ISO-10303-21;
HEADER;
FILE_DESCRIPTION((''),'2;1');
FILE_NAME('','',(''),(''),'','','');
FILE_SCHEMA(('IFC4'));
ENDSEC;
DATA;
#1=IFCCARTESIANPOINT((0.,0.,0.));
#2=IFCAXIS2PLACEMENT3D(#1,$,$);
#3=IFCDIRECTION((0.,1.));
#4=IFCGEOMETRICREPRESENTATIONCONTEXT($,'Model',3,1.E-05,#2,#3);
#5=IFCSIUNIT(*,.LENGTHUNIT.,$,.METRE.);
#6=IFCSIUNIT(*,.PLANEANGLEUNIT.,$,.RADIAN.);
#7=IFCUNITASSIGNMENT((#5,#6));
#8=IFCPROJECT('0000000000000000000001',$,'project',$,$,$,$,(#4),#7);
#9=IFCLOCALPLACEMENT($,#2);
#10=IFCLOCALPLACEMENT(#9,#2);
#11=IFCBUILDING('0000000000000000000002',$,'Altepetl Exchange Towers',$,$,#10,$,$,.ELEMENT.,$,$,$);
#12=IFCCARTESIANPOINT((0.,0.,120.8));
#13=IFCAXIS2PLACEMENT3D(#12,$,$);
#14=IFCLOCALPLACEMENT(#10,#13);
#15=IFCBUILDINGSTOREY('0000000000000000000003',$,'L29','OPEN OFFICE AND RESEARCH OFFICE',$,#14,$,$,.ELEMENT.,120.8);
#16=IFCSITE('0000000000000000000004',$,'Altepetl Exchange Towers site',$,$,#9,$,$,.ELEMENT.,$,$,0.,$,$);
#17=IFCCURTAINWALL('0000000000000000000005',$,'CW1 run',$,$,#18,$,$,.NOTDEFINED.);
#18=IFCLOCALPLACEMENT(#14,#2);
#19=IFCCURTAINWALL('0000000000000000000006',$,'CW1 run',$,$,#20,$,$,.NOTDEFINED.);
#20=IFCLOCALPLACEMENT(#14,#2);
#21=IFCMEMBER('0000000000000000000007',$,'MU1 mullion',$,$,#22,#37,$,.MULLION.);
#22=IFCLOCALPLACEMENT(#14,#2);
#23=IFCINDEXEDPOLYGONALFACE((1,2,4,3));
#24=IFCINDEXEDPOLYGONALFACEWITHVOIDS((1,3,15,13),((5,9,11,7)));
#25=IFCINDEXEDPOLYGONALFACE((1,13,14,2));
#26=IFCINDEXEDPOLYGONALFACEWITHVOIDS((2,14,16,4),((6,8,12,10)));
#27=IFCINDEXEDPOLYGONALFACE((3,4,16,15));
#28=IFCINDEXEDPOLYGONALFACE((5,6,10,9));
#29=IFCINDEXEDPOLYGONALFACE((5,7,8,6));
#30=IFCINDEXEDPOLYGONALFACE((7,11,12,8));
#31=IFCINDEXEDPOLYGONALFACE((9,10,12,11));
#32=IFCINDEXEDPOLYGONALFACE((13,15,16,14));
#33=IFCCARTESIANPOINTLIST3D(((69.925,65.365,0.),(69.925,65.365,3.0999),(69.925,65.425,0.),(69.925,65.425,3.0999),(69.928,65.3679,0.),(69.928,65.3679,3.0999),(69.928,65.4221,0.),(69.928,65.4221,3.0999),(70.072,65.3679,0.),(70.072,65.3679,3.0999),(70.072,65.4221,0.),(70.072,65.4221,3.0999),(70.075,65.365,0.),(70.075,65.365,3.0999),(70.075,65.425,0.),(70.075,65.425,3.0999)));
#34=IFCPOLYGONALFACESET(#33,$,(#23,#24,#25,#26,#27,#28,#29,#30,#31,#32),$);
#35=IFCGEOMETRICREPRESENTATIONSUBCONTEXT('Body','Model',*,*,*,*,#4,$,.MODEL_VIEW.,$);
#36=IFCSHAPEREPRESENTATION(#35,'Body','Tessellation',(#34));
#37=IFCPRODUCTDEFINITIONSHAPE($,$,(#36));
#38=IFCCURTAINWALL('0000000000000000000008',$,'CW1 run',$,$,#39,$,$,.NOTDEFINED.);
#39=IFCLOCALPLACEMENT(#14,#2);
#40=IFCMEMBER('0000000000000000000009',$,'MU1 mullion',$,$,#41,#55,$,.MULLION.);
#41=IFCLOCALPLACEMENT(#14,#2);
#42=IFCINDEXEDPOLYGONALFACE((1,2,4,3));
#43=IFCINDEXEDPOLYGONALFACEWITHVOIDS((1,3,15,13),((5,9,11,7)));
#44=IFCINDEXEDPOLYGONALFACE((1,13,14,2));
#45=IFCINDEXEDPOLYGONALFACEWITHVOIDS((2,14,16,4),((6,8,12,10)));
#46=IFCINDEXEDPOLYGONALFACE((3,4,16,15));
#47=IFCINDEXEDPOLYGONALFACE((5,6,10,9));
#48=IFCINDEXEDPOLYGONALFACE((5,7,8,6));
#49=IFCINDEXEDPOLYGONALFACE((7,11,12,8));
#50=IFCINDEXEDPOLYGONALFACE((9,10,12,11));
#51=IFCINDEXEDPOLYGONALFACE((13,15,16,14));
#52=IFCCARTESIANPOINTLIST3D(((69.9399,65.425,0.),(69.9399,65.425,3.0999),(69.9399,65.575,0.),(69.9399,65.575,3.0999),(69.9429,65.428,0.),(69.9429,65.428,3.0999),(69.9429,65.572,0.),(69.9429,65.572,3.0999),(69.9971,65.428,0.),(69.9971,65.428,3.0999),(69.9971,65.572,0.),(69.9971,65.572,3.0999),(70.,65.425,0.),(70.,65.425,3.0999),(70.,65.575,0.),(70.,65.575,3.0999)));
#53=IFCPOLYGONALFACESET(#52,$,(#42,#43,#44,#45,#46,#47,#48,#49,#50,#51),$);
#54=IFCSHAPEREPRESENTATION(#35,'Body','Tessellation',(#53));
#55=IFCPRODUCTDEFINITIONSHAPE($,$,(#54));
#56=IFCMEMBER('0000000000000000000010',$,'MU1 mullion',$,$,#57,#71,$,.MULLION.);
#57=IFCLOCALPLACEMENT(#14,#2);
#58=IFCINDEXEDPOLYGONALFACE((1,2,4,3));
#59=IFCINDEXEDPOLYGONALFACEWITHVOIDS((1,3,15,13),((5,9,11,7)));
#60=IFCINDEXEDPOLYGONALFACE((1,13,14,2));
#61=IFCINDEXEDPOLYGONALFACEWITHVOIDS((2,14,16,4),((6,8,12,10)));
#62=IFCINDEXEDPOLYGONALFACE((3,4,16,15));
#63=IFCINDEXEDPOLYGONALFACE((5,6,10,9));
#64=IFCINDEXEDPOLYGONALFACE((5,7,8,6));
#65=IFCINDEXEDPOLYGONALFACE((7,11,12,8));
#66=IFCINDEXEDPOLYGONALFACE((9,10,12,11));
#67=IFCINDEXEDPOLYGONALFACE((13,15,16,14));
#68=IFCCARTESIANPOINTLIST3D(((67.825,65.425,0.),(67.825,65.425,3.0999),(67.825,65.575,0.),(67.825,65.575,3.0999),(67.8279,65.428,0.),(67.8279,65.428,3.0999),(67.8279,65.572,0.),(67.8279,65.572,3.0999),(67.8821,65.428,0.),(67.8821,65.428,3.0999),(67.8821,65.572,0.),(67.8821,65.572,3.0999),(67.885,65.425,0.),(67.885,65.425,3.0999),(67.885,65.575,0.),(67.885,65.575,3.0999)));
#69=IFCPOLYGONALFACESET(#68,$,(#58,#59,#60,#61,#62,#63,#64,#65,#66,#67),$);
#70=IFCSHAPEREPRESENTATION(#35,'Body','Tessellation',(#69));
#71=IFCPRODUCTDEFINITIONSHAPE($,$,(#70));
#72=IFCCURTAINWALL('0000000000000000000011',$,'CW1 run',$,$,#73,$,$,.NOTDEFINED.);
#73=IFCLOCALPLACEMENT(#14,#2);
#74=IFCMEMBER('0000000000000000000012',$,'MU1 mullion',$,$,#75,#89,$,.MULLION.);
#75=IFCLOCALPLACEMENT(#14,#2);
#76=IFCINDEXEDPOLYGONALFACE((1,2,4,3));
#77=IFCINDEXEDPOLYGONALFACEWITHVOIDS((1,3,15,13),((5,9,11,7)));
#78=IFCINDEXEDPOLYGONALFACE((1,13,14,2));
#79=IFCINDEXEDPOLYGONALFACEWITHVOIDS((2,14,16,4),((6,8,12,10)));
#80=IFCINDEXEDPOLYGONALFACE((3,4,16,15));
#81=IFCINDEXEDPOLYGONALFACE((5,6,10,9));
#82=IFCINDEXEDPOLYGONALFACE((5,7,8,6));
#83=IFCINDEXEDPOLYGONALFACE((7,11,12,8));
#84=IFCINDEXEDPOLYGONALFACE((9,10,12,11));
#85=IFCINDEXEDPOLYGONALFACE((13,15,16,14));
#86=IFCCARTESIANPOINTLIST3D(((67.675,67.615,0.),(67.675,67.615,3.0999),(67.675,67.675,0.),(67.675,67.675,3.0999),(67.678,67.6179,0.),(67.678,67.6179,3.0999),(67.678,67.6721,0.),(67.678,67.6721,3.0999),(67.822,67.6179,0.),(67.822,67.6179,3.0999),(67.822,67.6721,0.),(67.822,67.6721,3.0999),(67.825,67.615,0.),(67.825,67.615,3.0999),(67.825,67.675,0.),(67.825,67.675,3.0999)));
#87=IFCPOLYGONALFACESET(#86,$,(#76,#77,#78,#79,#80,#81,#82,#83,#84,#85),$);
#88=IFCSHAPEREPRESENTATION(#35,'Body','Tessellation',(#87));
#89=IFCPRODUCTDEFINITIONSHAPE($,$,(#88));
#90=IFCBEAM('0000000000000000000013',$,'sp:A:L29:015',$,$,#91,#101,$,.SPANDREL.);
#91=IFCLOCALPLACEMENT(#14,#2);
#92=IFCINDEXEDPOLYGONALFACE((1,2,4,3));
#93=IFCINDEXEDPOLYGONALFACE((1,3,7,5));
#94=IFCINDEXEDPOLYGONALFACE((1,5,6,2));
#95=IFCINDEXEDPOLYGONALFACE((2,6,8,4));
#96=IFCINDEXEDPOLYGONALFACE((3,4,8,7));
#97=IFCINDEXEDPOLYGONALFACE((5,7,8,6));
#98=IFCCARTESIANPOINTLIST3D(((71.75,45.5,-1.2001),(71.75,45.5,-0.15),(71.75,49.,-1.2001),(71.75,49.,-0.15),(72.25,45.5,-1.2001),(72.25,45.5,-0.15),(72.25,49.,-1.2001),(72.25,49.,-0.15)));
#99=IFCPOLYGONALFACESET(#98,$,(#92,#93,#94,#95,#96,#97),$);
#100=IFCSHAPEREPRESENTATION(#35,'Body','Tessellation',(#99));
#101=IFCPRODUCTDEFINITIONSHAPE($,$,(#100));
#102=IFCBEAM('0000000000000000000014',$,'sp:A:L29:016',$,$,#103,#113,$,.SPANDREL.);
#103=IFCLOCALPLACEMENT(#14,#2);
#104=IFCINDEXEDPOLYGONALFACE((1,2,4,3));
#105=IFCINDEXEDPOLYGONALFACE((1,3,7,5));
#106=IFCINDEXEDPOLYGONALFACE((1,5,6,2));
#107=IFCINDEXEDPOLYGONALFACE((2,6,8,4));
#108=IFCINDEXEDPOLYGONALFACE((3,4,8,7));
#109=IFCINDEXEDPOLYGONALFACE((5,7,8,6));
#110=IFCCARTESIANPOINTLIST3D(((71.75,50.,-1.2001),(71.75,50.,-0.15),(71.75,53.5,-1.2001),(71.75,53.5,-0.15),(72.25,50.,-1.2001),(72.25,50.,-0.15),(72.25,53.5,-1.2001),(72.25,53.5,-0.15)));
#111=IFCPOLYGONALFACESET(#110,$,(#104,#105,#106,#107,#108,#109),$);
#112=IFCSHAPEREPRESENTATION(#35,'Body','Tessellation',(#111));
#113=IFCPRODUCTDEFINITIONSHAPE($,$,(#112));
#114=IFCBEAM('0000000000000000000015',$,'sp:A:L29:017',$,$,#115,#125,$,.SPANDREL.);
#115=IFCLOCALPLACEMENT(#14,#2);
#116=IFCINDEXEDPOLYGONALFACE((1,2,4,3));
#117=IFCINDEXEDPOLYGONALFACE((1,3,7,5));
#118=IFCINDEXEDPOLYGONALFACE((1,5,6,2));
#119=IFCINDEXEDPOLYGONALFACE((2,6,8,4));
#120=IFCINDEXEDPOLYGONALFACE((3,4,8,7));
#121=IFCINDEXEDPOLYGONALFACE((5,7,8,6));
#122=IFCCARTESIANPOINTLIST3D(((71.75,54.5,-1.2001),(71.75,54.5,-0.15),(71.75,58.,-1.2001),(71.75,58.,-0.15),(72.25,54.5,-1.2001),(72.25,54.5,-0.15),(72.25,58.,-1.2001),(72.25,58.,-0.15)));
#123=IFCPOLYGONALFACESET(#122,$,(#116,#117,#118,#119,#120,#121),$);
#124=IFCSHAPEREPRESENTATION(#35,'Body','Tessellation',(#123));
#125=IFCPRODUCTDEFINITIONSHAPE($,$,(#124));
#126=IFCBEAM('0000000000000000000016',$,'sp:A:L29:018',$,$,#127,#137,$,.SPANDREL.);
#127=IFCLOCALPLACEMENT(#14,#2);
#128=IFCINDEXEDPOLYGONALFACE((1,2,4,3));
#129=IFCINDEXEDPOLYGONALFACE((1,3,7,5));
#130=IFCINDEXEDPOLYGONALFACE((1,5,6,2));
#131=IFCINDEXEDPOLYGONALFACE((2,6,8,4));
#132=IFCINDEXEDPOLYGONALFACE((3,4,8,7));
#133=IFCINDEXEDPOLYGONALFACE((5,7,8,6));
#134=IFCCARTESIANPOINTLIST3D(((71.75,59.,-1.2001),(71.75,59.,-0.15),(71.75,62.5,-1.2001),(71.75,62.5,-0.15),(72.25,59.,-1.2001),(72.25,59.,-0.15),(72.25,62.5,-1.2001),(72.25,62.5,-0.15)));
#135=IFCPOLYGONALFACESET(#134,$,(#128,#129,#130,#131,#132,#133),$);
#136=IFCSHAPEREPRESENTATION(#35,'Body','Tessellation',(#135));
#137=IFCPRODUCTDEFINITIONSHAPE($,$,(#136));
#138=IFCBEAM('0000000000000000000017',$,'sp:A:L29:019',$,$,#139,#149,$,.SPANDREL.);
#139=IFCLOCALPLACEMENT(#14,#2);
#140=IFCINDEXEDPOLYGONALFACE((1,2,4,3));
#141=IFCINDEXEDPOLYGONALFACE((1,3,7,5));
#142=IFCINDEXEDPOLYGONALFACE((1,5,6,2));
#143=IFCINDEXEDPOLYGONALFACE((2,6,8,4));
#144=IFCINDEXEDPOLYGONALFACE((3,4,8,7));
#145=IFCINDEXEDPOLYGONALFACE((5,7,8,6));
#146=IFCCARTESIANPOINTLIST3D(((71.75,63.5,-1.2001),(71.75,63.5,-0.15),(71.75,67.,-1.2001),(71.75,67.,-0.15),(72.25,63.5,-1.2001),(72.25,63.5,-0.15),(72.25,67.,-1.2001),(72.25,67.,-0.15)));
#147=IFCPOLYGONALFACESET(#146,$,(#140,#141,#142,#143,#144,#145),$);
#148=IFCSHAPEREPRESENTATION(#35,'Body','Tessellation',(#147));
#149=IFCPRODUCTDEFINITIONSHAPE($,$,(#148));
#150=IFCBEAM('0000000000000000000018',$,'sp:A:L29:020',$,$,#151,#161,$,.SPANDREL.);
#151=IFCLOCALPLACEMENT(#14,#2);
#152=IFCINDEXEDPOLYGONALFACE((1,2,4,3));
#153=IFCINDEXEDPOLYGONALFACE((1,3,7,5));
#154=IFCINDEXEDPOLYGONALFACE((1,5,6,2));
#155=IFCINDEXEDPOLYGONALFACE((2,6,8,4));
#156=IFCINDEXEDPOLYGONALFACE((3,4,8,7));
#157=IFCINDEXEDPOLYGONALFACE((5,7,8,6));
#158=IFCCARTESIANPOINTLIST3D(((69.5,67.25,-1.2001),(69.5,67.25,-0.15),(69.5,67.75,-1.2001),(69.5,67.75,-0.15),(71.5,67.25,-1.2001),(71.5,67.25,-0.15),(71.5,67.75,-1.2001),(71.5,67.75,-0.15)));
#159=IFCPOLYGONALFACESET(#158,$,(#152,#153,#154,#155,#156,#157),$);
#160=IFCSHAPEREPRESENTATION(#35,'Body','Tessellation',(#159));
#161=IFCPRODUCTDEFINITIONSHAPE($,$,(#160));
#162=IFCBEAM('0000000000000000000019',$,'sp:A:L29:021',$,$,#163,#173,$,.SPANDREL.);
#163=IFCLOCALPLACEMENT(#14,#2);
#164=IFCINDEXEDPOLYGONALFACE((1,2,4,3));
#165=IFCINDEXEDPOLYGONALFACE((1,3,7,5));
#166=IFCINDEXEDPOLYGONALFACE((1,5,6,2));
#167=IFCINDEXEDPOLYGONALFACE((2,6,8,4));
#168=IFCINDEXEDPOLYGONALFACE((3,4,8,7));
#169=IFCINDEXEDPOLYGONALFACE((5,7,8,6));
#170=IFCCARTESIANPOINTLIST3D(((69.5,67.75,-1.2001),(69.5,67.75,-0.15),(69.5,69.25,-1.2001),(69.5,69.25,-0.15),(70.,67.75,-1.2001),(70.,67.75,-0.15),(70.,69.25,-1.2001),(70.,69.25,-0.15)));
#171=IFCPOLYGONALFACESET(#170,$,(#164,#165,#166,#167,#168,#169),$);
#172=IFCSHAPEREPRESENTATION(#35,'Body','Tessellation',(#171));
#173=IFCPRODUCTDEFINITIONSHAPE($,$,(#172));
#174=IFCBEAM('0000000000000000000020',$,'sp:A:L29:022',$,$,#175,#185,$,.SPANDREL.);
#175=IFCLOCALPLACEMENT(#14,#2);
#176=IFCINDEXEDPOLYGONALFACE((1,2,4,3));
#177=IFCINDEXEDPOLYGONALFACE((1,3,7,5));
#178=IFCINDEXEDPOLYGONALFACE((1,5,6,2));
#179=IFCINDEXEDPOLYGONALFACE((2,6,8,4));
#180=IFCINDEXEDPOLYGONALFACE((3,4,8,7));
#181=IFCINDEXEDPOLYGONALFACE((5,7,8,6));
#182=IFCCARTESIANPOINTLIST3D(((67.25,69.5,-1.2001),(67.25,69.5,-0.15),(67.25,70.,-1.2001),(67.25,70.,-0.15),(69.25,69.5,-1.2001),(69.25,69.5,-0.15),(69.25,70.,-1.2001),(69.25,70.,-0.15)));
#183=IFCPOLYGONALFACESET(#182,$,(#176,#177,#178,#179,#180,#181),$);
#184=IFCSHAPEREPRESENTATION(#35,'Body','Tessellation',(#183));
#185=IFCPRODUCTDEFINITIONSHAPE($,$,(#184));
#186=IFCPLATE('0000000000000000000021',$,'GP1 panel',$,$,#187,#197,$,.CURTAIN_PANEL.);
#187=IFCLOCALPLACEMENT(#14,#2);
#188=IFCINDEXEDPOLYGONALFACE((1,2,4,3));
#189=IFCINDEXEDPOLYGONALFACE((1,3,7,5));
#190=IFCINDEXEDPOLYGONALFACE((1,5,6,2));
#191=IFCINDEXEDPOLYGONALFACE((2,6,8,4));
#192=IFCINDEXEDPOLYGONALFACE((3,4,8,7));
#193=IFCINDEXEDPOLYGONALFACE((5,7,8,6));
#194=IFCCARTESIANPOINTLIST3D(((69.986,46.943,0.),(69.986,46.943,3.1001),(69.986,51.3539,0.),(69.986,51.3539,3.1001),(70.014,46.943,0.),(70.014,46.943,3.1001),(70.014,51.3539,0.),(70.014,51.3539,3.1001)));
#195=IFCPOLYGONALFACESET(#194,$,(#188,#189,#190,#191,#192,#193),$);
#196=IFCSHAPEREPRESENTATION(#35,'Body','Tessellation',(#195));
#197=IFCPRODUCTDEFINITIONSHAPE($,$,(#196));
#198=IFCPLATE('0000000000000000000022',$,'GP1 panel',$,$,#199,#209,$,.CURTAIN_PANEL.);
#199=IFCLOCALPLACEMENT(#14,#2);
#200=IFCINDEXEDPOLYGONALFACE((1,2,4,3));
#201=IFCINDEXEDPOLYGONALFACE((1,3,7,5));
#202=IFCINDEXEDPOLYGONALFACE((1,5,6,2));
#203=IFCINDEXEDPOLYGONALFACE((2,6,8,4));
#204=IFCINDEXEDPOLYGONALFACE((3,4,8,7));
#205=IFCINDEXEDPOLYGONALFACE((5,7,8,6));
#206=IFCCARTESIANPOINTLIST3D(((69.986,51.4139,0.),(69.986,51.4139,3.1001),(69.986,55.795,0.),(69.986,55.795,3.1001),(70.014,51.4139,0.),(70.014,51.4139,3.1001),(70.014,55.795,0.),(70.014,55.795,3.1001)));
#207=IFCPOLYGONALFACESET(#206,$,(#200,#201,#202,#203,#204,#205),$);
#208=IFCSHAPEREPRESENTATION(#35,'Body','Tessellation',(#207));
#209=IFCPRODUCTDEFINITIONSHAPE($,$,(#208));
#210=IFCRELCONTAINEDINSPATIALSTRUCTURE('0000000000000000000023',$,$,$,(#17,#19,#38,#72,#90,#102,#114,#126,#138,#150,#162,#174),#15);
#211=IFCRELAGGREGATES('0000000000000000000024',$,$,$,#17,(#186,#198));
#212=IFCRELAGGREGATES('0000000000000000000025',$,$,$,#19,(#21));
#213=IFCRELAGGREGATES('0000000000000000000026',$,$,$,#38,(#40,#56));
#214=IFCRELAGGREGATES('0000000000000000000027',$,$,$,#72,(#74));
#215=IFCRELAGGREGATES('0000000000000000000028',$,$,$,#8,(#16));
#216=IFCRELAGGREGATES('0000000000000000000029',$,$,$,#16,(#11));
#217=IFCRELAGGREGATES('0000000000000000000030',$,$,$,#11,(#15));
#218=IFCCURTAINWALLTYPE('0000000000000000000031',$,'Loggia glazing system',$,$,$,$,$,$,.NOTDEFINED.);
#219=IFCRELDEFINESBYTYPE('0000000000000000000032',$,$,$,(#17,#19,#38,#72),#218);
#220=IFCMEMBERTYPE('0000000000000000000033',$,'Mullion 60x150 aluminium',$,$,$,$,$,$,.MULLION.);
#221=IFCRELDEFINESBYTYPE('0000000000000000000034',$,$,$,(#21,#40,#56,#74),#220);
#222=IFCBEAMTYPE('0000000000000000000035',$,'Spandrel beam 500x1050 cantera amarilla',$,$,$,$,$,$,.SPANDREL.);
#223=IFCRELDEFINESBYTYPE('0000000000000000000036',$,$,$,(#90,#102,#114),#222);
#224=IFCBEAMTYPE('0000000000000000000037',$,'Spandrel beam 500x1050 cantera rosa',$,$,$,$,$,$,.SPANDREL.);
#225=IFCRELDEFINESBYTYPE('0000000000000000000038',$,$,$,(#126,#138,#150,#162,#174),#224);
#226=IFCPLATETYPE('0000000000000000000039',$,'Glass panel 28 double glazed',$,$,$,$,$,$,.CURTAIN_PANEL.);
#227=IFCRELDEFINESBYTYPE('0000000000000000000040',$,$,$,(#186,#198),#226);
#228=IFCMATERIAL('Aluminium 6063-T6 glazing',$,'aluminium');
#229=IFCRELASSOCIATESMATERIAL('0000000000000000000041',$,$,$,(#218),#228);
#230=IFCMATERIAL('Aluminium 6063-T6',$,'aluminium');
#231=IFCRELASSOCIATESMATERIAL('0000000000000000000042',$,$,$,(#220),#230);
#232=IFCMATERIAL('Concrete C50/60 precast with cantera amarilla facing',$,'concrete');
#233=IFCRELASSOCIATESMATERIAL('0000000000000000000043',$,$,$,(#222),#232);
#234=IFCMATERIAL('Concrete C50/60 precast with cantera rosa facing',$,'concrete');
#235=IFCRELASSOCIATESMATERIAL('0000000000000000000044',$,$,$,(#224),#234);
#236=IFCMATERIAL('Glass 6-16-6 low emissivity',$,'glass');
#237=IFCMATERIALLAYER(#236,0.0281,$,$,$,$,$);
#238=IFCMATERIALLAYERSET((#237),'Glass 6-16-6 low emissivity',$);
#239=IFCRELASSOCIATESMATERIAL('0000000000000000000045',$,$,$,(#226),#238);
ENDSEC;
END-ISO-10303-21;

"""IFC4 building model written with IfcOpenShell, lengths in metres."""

from ifc_helpers import new_model, si_unit, direction, frame, origin, origin_2d, place, context, subcontext, project, spatial, rectangle, hollow_rectangle, extrude, material, layer, layer_set, material_profile, profile_set, type_object, element, aggregate, save


model = new_model("IFC4")

# Units and contexts
model_context = context("Model", 3, precision=1e-05, world=origin(), true_north=direction((0.0, 1.0)))
body_context = subcontext(model_context, "Body", "Model", "MODEL_VIEW")
ifc_project = project(units=[si_unit("LENGTHUNIT", "METRE"), si_unit("PLANEANGLEUNIT", "RADIAN")], contexts=[model_context])

# Site, building, storey
site_placement = place(None, origin())
site = spatial("IfcSite", under=ifc_project, at=site_placement, Name="Altepetl Exchange Towers site", CompositionType="ELEMENT", RefElevation=0.0)
building_placement = place(site_placement, origin())
building = spatial("IfcBuilding", under=site, at=building_placement, Name="Altepetl Exchange Towers", CompositionType="ELEMENT")
storey_placement = place(building_placement, frame((0.0, 0.0, 120.8)))
storey = spatial("IfcBuildingStorey", under=building, at=storey_placement, Name="L29", Description="OPEN OFFICE AND RESEARCH OFFICE", CompositionType="ELEMENT", Elevation=120.8)

# Curtain walls, members
ifc_material_1 = material(Name="Aluminium 6063-T6 glazing", Category="aluminium")
curtain_wall_type = type_object("IfcCurtainWallType", Name="Loggia glazing system", PredefinedType="NOTDEFINED", material=ifc_material_1)
curtain_wall_1_placement = place(storey_placement, origin())
curtain_wall_1 = element("IfcCurtainWall", 1, at=curtain_wall_1_placement, inside=storey, type_object=curtain_wall_type, Name="CW1 run", PredefinedType="NOTDEFINED")
ifc_material_2 = material(Name="Aluminium 6063-T6", Category="aluminium")
ifc_material_profile_1 = material_profile(ifc_material_2, hollow_rectangle(XDim=0.0601, YDim=0.1499, WallThickness=0.0029, at=origin_2d()), Name="Mullion 60x150 aluminium")
ifc_profile_set_1 = profile_set([ifc_material_profile_1], Name="Aluminium 6063-T6")
member_type = type_object("IfcMemberType", Name="Mullion 60x150 aluminium", PredefinedType="MULLION", material=ifc_profile_set_1)
curtain_wall_2_placement = place(storey_placement, origin())
curtain_wall_2 = element("IfcCurtainWall", 2, at=curtain_wall_2_placement, inside=storey, type_object=curtain_wall_type, Name="CW1 run", PredefinedType="NOTDEFINED")
member_1_placement = place(storey_placement, frame((70.0, 65.395, 0.0), z_axis=(0.0, 0.0, 1.0), x_axis=(0.0, 1.0, 0.0)))
member_1 = element("IfcMember", 3, at=member_1_placement, type_object=member_type, Name="MU1 mullion", PredefinedType="MULLION", context=body_context, shape_type="SweptSolid", body=[
    extrude(hollow_rectangle(XDim=0.0601, YDim=0.1499, WallThickness=0.0029, at=origin_2d()), origin(), (0.0, 0.0, 1.0), 3.0999),
])
curtain_wall_3_placement = place(storey_placement, origin())
curtain_wall_3 = element("IfcCurtainWall", 4, at=curtain_wall_3_placement, inside=storey, type_object=curtain_wall_type, Name="CW1 run", PredefinedType="NOTDEFINED")
member_2_placement = place(storey_placement, frame((69.97, 65.5, 0.0), z_axis=(0.0, 0.0, 1.0), x_axis=(-1.0, 0.0, 0.0)))
member_2 = element("IfcMember", 5, at=member_2_placement, type_object=member_type, Name="MU1 mullion", PredefinedType="MULLION", context=body_context, shape_type="SweptSolid", body=[
    extrude(hollow_rectangle(XDim=0.0601, YDim=0.1499, WallThickness=0.0029, at=origin_2d()), origin(), (0.0, 0.0, 1.0), 3.0999),
])
member_3_placement = place(storey_placement, frame((67.855, 65.5, 0.0), z_axis=(0.0, 0.0, 1.0), x_axis=(-1.0, 0.0, 0.0)))
member_3 = element("IfcMember", 6, at=member_3_placement, type_object=member_type, Name="MU1 mullion", PredefinedType="MULLION", context=body_context, shape_type="SweptSolid", body=[
    extrude(hollow_rectangle(XDim=0.0601, YDim=0.1499, WallThickness=0.0029, at=origin_2d()), origin(), (0.0, 0.0, 1.0), 3.0999),
])

# Curtain wall, member
curtain_wall_4_placement = place(storey_placement, origin())
curtain_wall_4 = element("IfcCurtainWall", 7, at=curtain_wall_4_placement, inside=storey, type_object=curtain_wall_type, Name="CW1 run", PredefinedType="NOTDEFINED")
member_4_placement = place(storey_placement, frame((67.75, 67.645, 0.0), z_axis=(0.0, 0.0, 1.0), x_axis=(0.0, 1.0, 0.0)))
member_4 = element("IfcMember", 8, at=member_4_placement, type_object=member_type, Name="MU1 mullion", PredefinedType="MULLION", context=body_context, shape_type="SweptSolid", body=[
    extrude(hollow_rectangle(XDim=0.0601, YDim=0.1499, WallThickness=0.0029, at=origin_2d()), origin(), (0.0, 0.0, 1.0), 3.0999),
])

# Beams
ifc_material_3 = material(Name="Concrete C50/60 precast with cantera amarilla facing", Category="concrete")
ifc_material_profile_2 = material_profile(ifc_material_3, rectangle(XDim=0.5, YDim=1.05, at=origin_2d()), Name="500 x 1050")
ifc_profile_set_2 = profile_set([ifc_material_profile_2], Name="Concrete C50/60 precast with cantera amarilla facing")
beam_type_1 = type_object("IfcBeamType", Name="Spandrel beam 500x1050 cantera amarilla", PredefinedType="SPANDREL", material=ifc_profile_set_2)
for number, where, z_axis, x_axis, name in (
    (9, (72.0, 45.5, -0.675), (0.0, 1.0, 0.0), (-1.0, 0.0, 0.0), "sp:A:L29:015"),
    (10, (72.0, 50.0, -0.675), (0.0, 1.0, 0.0), (-1.0, 0.0, 0.0), "sp:A:L29:016"),
    (11, (72.0, 54.5, -0.675), (0.0, 1.0, 0.0), (-1.0, 0.0, 0.0), "sp:A:L29:017"),
):
    element("IfcBeam", number, at=place(storey_placement, frame(where, z_axis=z_axis, x_axis=x_axis)), inside=storey, type_object=beam_type_1, Name=name, PredefinedType="SPANDREL", context=body_context, shape_type="SweptSolid", body=[
        extrude(rectangle(XDim=0.5, YDim=1.05, at=origin_2d()), origin(), (0.0, 0.0, 1.0), 3.5),
    ])
ifc_material_4 = material(Name="Concrete C50/60 precast with cantera rosa facing", Category="concrete")
ifc_material_profile_3 = material_profile(ifc_material_4, rectangle(XDim=0.5, YDim=1.05, at=origin_2d()), Name="500 x 1050")
ifc_profile_set_3 = profile_set([ifc_material_profile_3], Name="Concrete C50/60 precast with cantera rosa facing")
beam_type_2 = type_object("IfcBeamType", Name="Spandrel beam 500x1050 cantera rosa", PredefinedType="SPANDREL", material=ifc_profile_set_3)
for number, where, z_axis, x_axis, name in (
    (12, (72.0, 59.0, -0.675), (0.0, 1.0, 0.0), (-1.0, 0.0, 0.0), "sp:A:L29:018"),
    (13, (72.0, 63.5, -0.675), (0.0, 1.0, 0.0), (-1.0, 0.0, 0.0), "sp:A:L29:019"),
):
    element("IfcBeam", number, at=place(storey_placement, frame(where, z_axis=z_axis, x_axis=x_axis)), inside=storey, type_object=beam_type_2, Name=name, PredefinedType="SPANDREL", context=body_context, shape_type="SweptSolid", body=[
        extrude(rectangle(XDim=0.5, YDim=1.05, at=origin_2d()), origin(), (0.0, 0.0, 1.0), 3.5),
    ])
beam_1_placement = place(storey_placement, frame((71.5, 67.5, -0.675), z_axis=(-1.0, 0.0, 0.0), x_axis=(0.0, -1.0, 0.0)))
element("IfcBeam", 14, at=beam_1_placement, inside=storey, type_object=beam_type_2, Name="sp:A:L29:020", PredefinedType="SPANDREL", context=body_context, shape_type="SweptSolid", body=[
    extrude(rectangle(XDim=0.5, YDim=1.05, at=origin_2d()), origin(), (0.0, 0.0, 1.0), 2.0),
])
beam_2_placement = place(storey_placement, frame((69.75, 67.75, -0.675), z_axis=(0.0, 1.0, 0.0), x_axis=(-1.0, 0.0, 0.0)))
element("IfcBeam", 15, at=beam_2_placement, inside=storey, type_object=beam_type_2, Name="sp:A:L29:021", PredefinedType="SPANDREL", context=body_context, shape_type="SweptSolid", body=[
    extrude(rectangle(XDim=0.5, YDim=1.05, at=origin_2d()), origin(), (0.0, 0.0, 1.0), 1.5),
])
beam_3_placement = place(storey_placement, frame((69.25, 69.75, -0.675), z_axis=(-1.0, 0.0, 0.0), x_axis=(0.0, -1.0, 0.0)))
element("IfcBeam", 16, at=beam_3_placement, inside=storey, type_object=beam_type_2, Name="sp:A:L29:022", PredefinedType="SPANDREL", context=body_context, shape_type="SweptSolid", body=[
    extrude(rectangle(XDim=0.5, YDim=1.05, at=origin_2d()), origin(), (0.0, 0.0, 1.0), 2.0),
])

# Plates
ifc_material_5 = material(Name="Glass 6-16-6 low emissivity", Category="glass")
ifc_layer = layer(ifc_material_5, 0.0281)
ifc_layer_set = layer_set([ifc_layer], Name="Glass 6-16-6 low emissivity")
plate_type = type_object("IfcPlateType", Name="Glass panel 28 double glazed", PredefinedType="CURTAIN_PANEL", material=ifc_layer_set)
plate_1_placement = place(storey_placement, frame((70.0, 49.1484, 0.0), z_axis=(0.0, 0.0, 1.0), x_axis=(0.0, 1.0, 0.0)))
plate_1 = element("IfcPlate", 17, at=plate_1_placement, type_object=plate_type, Name="GP1 panel", PredefinedType="CURTAIN_PANEL", context=body_context, shape_type="SweptSolid", body=[
    extrude(rectangle(XDim=4.4109, YDim=0.0281, at=origin_2d()), origin(), (0.0, 0.0, 1.0), 3.1001),
])
plate_2_placement = place(storey_placement, frame((70.0, 53.6045, 0.0), z_axis=(0.0, 0.0, 1.0), x_axis=(0.0, 1.0, 0.0)))
plate_2 = element("IfcPlate", 18, at=plate_2_placement, type_object=plate_type, Name="GP1 panel", PredefinedType="CURTAIN_PANEL", context=body_context, shape_type="SweptSolid", body=[
    extrude(rectangle(XDim=4.3811, YDim=0.0281, at=origin_2d()), origin(), (0.0, 0.0, 1.0), 3.1001),
])
aggregate(curtain_wall_1, [plate_1, plate_2])
aggregate(curtain_wall_2, [member_1])
aggregate(curtain_wall_3, [member_2, member_3])
aggregate(curtain_wall_4, [member_4])

save(model, "model.ifc")
